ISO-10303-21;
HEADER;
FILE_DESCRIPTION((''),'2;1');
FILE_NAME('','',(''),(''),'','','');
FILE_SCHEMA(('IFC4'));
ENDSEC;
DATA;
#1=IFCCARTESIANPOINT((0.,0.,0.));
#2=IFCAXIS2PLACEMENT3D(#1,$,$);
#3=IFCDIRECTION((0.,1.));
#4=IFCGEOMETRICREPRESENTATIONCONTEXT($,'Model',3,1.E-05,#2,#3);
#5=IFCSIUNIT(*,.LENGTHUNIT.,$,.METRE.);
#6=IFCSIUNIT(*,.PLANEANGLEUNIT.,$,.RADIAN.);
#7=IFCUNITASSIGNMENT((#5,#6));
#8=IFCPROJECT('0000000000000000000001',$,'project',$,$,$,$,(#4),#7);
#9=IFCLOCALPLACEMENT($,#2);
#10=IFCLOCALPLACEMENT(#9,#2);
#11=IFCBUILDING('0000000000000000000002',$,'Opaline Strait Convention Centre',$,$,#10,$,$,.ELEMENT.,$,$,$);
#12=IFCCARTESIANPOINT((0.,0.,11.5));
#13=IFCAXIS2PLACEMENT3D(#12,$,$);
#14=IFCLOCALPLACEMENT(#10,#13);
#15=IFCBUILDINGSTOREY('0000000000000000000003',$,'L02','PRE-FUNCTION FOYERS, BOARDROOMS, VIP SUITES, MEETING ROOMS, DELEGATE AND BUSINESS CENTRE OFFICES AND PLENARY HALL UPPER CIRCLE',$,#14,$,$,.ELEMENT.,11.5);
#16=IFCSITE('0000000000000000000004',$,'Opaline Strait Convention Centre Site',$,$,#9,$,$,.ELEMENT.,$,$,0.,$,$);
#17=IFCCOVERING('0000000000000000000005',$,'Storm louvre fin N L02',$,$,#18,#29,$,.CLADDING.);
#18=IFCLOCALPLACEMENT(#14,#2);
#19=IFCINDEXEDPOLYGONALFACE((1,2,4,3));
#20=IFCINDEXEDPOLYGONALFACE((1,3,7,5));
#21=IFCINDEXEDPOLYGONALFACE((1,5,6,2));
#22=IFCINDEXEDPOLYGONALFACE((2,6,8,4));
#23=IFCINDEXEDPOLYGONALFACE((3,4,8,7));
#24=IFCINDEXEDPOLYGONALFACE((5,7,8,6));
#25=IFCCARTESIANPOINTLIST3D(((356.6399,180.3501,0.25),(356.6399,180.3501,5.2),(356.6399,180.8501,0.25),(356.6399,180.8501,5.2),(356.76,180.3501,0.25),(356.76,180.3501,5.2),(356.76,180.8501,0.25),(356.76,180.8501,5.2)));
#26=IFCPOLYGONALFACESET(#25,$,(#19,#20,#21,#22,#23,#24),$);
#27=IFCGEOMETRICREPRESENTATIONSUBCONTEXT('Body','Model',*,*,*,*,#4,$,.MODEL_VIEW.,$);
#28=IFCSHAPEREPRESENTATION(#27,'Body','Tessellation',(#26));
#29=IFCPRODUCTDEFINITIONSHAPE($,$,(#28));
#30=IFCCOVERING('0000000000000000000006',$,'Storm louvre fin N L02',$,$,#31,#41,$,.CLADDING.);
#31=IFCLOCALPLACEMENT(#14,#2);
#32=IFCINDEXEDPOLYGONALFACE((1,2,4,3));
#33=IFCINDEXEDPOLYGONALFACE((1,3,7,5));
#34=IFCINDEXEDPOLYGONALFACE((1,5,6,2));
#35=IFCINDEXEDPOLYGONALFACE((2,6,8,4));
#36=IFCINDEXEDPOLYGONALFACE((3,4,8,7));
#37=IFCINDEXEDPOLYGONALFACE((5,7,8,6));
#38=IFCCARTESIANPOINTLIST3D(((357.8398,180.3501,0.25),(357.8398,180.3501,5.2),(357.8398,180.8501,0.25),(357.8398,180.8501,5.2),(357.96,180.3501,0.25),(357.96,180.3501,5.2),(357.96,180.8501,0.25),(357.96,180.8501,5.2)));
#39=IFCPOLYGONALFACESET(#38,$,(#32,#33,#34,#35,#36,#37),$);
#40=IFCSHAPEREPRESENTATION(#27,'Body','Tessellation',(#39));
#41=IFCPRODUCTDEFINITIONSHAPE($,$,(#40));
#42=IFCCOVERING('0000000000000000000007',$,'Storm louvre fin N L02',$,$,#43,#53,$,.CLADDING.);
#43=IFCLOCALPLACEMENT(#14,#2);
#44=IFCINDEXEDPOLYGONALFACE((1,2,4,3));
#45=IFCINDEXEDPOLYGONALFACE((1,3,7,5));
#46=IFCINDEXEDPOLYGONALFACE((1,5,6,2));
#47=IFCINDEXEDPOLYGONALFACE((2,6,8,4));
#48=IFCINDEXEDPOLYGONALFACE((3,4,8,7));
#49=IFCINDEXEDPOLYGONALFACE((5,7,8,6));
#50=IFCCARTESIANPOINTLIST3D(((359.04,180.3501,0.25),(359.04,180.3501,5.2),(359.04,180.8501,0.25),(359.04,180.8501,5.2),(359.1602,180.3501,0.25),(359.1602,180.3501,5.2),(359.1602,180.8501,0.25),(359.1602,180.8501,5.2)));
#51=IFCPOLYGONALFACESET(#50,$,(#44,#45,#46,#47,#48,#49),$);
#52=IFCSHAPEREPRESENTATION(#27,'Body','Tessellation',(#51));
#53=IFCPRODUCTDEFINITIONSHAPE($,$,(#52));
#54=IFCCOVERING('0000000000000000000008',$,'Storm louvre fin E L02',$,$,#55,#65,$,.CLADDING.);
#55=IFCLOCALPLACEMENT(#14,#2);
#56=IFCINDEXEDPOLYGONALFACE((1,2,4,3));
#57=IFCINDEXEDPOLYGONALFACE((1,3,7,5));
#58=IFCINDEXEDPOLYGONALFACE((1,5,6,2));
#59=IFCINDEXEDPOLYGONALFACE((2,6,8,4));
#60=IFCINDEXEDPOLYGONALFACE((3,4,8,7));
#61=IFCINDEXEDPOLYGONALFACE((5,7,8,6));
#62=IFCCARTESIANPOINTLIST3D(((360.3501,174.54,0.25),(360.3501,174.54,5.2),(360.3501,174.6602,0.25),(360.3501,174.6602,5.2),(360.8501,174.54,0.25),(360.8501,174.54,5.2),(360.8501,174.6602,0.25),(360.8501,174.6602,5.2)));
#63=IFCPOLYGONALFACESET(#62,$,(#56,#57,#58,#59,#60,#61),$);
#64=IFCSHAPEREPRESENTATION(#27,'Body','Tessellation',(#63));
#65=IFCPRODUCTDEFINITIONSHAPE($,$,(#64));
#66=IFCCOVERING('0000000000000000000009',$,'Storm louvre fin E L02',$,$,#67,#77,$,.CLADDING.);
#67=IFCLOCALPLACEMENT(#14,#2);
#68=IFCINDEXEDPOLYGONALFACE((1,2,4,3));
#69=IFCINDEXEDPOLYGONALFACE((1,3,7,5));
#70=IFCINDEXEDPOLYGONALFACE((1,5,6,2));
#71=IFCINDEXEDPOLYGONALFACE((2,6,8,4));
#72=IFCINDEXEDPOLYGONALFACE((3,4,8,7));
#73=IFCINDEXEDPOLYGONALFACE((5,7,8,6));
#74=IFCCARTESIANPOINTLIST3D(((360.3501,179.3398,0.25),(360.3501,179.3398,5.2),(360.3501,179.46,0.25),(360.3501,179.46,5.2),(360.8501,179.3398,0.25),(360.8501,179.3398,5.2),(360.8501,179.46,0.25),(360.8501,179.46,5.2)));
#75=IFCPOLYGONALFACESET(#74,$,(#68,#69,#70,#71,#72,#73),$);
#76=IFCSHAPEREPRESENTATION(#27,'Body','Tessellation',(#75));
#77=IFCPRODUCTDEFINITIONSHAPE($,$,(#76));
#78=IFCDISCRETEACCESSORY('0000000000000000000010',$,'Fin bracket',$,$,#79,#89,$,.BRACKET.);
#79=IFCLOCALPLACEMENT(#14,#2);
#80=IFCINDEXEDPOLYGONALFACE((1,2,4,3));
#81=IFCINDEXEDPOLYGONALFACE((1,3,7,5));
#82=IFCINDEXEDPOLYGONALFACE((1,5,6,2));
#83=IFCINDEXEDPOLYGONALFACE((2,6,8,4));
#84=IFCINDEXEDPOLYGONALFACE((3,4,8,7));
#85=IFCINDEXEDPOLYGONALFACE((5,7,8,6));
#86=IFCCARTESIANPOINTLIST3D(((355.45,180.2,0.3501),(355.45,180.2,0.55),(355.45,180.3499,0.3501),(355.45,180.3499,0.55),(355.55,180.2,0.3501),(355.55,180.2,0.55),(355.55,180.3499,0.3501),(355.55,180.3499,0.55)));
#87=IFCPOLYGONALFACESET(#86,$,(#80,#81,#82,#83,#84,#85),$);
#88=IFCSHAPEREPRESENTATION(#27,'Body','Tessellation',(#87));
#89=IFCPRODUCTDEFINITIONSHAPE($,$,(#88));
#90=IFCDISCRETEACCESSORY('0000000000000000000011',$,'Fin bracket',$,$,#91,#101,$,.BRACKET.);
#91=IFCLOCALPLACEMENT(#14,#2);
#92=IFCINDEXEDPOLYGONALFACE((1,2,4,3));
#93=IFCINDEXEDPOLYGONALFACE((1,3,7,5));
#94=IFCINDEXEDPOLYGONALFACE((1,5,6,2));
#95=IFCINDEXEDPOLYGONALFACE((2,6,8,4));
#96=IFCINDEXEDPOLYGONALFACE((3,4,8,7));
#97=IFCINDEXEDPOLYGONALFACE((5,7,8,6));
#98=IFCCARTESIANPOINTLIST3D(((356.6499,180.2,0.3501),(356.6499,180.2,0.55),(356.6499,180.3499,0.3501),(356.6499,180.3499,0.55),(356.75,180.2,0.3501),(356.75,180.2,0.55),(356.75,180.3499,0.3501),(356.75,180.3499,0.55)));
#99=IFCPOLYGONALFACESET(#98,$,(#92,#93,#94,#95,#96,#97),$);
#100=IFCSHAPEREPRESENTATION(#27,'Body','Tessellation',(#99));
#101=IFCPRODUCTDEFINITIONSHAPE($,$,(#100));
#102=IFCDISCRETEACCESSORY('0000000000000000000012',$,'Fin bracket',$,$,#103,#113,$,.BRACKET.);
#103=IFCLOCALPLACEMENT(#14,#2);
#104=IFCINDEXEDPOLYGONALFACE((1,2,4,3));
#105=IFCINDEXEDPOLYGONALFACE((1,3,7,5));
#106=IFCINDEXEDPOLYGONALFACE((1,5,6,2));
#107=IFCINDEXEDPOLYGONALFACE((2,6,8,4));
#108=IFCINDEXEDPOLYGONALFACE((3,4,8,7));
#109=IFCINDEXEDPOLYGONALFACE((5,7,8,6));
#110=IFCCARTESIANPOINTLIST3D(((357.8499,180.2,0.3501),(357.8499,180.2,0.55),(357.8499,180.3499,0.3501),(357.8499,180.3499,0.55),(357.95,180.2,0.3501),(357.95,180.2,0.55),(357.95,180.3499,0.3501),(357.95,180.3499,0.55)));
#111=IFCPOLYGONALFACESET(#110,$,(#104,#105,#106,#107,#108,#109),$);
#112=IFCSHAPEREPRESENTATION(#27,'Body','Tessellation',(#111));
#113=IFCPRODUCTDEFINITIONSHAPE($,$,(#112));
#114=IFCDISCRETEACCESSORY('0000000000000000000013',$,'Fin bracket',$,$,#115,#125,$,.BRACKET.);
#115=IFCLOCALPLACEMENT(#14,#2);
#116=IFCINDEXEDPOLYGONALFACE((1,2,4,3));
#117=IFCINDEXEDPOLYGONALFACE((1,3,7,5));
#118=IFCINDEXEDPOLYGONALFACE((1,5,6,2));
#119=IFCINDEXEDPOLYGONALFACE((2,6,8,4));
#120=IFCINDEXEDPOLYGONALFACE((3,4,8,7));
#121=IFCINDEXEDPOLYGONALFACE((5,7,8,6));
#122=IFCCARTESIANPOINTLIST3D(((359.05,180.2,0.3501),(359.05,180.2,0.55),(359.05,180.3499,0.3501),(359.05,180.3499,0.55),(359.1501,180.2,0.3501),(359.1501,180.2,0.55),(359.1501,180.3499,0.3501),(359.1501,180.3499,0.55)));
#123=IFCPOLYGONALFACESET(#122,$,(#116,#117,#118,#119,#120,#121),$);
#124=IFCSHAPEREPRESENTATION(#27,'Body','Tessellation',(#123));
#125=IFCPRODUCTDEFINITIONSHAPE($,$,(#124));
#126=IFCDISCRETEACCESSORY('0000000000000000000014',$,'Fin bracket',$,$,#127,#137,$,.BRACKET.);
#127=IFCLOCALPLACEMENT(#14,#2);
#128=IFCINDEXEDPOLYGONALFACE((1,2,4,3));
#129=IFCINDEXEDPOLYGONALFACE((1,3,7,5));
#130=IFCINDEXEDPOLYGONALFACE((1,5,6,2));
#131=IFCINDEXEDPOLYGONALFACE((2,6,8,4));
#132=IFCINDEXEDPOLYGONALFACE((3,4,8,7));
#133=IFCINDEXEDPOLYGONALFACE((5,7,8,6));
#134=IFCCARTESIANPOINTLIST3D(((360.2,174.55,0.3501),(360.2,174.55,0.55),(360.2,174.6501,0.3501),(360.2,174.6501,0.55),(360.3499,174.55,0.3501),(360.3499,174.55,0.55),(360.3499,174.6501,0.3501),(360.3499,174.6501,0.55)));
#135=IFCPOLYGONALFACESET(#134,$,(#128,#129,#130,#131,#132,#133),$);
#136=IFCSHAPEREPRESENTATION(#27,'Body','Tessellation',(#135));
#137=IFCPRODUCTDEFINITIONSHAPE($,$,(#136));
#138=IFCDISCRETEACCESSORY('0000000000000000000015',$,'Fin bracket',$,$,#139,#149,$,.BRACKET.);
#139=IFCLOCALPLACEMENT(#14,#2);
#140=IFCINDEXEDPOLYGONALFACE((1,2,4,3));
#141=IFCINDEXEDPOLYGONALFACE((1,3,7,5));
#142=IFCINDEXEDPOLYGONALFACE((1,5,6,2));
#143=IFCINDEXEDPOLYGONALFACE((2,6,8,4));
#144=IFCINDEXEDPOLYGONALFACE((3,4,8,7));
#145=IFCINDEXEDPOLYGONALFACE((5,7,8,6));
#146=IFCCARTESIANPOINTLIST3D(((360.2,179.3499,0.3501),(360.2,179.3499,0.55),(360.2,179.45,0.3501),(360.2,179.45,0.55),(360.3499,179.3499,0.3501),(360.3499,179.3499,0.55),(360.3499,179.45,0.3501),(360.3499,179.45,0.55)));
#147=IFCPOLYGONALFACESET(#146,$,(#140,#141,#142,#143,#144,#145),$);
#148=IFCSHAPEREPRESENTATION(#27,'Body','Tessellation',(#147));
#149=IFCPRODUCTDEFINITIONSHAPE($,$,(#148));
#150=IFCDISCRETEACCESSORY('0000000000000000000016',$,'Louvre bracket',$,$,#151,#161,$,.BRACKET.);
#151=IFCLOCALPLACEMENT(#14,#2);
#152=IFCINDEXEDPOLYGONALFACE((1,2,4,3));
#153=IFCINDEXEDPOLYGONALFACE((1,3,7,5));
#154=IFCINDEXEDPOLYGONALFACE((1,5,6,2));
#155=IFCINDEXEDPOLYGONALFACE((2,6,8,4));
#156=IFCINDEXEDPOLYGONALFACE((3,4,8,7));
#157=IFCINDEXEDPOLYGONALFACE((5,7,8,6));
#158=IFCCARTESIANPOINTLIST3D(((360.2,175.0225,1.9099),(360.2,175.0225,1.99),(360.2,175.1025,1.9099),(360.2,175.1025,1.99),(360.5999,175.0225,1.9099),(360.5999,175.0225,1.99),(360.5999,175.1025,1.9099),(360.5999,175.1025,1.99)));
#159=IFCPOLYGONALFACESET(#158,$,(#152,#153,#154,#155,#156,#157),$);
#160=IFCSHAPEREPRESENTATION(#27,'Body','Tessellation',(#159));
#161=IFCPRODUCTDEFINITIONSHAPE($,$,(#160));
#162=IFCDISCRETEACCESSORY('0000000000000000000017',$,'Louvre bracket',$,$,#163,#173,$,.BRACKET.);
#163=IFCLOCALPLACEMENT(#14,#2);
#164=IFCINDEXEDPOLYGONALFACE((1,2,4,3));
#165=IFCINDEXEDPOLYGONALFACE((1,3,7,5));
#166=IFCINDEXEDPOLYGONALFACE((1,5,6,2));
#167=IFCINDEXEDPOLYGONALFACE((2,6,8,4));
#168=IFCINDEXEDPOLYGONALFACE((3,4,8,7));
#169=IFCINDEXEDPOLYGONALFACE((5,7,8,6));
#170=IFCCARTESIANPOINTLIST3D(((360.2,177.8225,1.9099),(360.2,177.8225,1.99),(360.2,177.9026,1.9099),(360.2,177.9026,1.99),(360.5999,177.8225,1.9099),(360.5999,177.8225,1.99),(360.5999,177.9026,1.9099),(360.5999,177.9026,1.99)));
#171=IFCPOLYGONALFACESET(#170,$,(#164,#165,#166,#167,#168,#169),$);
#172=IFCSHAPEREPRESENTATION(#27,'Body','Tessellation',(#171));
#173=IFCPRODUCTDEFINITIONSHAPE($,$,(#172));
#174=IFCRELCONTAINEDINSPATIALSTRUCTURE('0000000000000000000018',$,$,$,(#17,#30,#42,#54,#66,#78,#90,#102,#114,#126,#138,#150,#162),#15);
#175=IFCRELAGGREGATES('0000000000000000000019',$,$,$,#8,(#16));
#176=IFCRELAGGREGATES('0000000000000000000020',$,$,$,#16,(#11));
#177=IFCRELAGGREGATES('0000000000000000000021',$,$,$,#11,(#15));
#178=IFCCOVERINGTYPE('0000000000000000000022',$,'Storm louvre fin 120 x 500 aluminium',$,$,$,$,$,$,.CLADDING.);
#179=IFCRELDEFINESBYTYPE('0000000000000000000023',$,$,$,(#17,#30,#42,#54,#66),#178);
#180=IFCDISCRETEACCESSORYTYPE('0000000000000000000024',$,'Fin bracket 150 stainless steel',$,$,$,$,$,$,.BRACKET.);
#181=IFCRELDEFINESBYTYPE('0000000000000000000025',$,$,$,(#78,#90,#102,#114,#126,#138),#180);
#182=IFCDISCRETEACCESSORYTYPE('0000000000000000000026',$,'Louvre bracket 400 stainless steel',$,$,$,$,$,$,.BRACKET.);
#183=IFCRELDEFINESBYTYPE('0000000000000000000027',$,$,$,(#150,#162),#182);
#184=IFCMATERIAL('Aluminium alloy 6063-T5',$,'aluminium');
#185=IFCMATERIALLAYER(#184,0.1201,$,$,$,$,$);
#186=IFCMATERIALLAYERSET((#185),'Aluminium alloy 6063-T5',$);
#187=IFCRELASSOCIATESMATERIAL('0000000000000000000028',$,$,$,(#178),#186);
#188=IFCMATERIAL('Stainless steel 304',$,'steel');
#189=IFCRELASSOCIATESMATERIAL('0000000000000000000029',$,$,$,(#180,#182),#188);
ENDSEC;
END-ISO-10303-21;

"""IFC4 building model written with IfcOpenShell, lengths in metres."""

from ifc_helpers import new_model, si_unit, direction, frame, origin, origin_2d, place, context, subcontext, project, spatial, rectangle, extrude, material, layer, layer_set, type_object, element, save


model = new_model("IFC4")

# Units and contexts
model_context = context("Model", 3, precision=1e-05, world=origin(), true_north=direction((0.0, 1.0)))
body_context = subcontext(model_context, "Body", "Model", "MODEL_VIEW")
ifc_project = project(units=[si_unit("LENGTHUNIT", "METRE"), si_unit("PLANEANGLEUNIT", "RADIAN")], contexts=[model_context])

# Site, building, storey
site_placement = place(None, origin())
site = spatial("IfcSite", under=ifc_project, at=site_placement, Name="Opaline Strait Convention Centre Site", CompositionType="ELEMENT", RefElevation=0.0)
building_placement = place(site_placement, origin())
building = spatial("IfcBuilding", under=site, at=building_placement, Name="Opaline Strait Convention Centre", CompositionType="ELEMENT")
storey_placement = place(building_placement, frame((0.0, 0.0, 11.5)))
storey = spatial("IfcBuildingStorey", under=building, at=storey_placement, Name="L02", Description="PRE-FUNCTION FOYERS, BOARDROOMS, VIP SUITES, MEETING ROOMS, DELEGATE AND BUSINESS CENTRE OFFICES AND PLENARY HALL UPPER CIRCLE", CompositionType="ELEMENT", Elevation=11.5)

# Shared definitions
ifc_material_1 = material(Name="Stainless steel 304", Category="steel")

# Shared definitions
ifc_material_2 = material(Name="Aluminium alloy 6063-T5", Category="aluminium")

# Coverings
ifc_layer_1 = layer(ifc_material_2, 0.1201)
ifc_layer_set_1 = layer_set([ifc_layer_1], Name="Aluminium alloy 6063-T5")
covering_type = type_object("IfcCoveringType", Name="Storm louvre fin 120 x 500 aluminium", PredefinedType="CLADDING", material=ifc_layer_set_1)
for number, where, z_axis, x_axis, name in (
    (1, (356.7, 180.6001, 0.25), (0.0, 0.0, 1.0), (1.0, 0.0, 0.0), "Storm louvre fin N L02"),
    (2, (357.8999, 180.6001, 0.25), (0.0, 0.0, 1.0), (1.0, 0.0, 0.0), "Storm louvre fin N L02"),
    (3, (359.1001, 180.6001, 0.25), (0.0, 0.0, 1.0), (1.0, 0.0, 0.0), "Storm louvre fin N L02"),
):
    element("IfcCovering", number, at=place(storey_placement, frame(where, z_axis=z_axis, x_axis=x_axis)), inside=storey, type_object=covering_type, Name=name, PredefinedType="CLADDING", context=body_context, shape_type="SweptSolid", body=[
        extrude(rectangle(XDim=0.1201, YDim=0.5, at=origin_2d()), origin(), (0.0, 0.0, 1.0), 4.95),
    ])
for number, where, z_axis, x_axis, name in (
    (4, (360.6001, 174.6001, 0.25), (0.0, 0.0, 1.0), (1.0, 0.0, 0.0), "Storm louvre fin E L02"),
    (5, (360.6001, 179.3999, 0.25), (0.0, 0.0, 1.0), (1.0, 0.0, 0.0), "Storm louvre fin E L02"),
):
    element("IfcCovering", number, at=place(storey_placement, frame(where, z_axis=z_axis, x_axis=x_axis)), inside=storey, type_object=covering_type, Name=name, PredefinedType="CLADDING", context=body_context, shape_type="SweptSolid", body=[
        extrude(rectangle(XDim=0.5, YDim=0.1201, at=origin_2d()), origin(), (0.0, 0.0, 1.0), 4.95),
    ])

# Discrete accessories
discrete_accessory_type_1 = type_object("IfcDiscreteAccessoryType", Name="Fin bracket 150 stainless steel", PredefinedType="BRACKET", material=ifc_material_1)
for number, where, z_axis, x_axis, name in (
    (6, (355.5, 180.2749, 0.3501), (0.0, 0.0, 1.0), (1.0, 0.0, 0.0), "Fin bracket"),
    (7, (356.7, 180.2749, 0.3501), (0.0, 0.0, 1.0), (1.0, 0.0, 0.0), "Fin bracket"),
    (8, (357.8999, 180.2749, 0.3501), (0.0, 0.0, 1.0), (1.0, 0.0, 0.0), "Fin bracket"),
    (9, (359.1001, 180.2749, 0.3501), (0.0, 0.0, 1.0), (1.0, 0.0, 0.0), "Fin bracket"),
):
    element("IfcDiscreteAccessory", number, at=place(storey_placement, frame(where, z_axis=z_axis, x_axis=x_axis)), inside=storey, type_object=discrete_accessory_type_1, Name=name, PredefinedType="BRACKET", context=body_context, shape_type="SweptSolid", body=[
        extrude(rectangle(XDim=0.1001, YDim=0.1499, at=origin_2d()), origin(), (0.0, 0.0, 1.0), 0.2),
    ])
for number, where, z_axis, x_axis, name in (
    (10, (360.2749, 174.6001, 0.3501), (0.0, 0.0, 1.0), (1.0, 0.0, 0.0), "Fin bracket"),
    (11, (360.2749, 179.3999, 0.3501), (0.0, 0.0, 1.0), (1.0, 0.0, 0.0), "Fin bracket"),
):
    element("IfcDiscreteAccessory", number, at=place(storey_placement, frame(where, z_axis=z_axis, x_axis=x_axis)), inside=storey, type_object=discrete_accessory_type_1, Name=name, PredefinedType="BRACKET", context=body_context, shape_type="SweptSolid", body=[
        extrude(rectangle(XDim=0.1499, YDim=0.1001, at=origin_2d()), origin(), (0.0, 0.0, 1.0), 0.2),
    ])
discrete_accessory_type_2 = type_object("IfcDiscreteAccessoryType", Name="Louvre bracket 400 stainless steel", PredefinedType="BRACKET", material=ifc_material_1)
for number, where, z_axis, x_axis, name in (
    (12, (360.3999, 175.0625, 1.9099), (0.0, 0.0, 1.0), (1.0, 0.0, 0.0), "Louvre bracket"),
    (13, (360.3999, 177.8625, 1.9099), (0.0, 0.0, 1.0), (1.0, 0.0, 0.0), "Louvre bracket"),
):
    element("IfcDiscreteAccessory", number, at=place(storey_placement, frame(where, z_axis=z_axis, x_axis=x_axis)), inside=storey, type_object=discrete_accessory_type_2, Name=name, PredefinedType="BRACKET", context=body_context, shape_type="SweptSolid", body=[
        extrude(rectangle(XDim=0.3999, YDim=0.0801, at=origin_2d()), origin(), (0.0, 0.0, 1.0), 0.0801),
    ])

save(model, "model.ifc")
